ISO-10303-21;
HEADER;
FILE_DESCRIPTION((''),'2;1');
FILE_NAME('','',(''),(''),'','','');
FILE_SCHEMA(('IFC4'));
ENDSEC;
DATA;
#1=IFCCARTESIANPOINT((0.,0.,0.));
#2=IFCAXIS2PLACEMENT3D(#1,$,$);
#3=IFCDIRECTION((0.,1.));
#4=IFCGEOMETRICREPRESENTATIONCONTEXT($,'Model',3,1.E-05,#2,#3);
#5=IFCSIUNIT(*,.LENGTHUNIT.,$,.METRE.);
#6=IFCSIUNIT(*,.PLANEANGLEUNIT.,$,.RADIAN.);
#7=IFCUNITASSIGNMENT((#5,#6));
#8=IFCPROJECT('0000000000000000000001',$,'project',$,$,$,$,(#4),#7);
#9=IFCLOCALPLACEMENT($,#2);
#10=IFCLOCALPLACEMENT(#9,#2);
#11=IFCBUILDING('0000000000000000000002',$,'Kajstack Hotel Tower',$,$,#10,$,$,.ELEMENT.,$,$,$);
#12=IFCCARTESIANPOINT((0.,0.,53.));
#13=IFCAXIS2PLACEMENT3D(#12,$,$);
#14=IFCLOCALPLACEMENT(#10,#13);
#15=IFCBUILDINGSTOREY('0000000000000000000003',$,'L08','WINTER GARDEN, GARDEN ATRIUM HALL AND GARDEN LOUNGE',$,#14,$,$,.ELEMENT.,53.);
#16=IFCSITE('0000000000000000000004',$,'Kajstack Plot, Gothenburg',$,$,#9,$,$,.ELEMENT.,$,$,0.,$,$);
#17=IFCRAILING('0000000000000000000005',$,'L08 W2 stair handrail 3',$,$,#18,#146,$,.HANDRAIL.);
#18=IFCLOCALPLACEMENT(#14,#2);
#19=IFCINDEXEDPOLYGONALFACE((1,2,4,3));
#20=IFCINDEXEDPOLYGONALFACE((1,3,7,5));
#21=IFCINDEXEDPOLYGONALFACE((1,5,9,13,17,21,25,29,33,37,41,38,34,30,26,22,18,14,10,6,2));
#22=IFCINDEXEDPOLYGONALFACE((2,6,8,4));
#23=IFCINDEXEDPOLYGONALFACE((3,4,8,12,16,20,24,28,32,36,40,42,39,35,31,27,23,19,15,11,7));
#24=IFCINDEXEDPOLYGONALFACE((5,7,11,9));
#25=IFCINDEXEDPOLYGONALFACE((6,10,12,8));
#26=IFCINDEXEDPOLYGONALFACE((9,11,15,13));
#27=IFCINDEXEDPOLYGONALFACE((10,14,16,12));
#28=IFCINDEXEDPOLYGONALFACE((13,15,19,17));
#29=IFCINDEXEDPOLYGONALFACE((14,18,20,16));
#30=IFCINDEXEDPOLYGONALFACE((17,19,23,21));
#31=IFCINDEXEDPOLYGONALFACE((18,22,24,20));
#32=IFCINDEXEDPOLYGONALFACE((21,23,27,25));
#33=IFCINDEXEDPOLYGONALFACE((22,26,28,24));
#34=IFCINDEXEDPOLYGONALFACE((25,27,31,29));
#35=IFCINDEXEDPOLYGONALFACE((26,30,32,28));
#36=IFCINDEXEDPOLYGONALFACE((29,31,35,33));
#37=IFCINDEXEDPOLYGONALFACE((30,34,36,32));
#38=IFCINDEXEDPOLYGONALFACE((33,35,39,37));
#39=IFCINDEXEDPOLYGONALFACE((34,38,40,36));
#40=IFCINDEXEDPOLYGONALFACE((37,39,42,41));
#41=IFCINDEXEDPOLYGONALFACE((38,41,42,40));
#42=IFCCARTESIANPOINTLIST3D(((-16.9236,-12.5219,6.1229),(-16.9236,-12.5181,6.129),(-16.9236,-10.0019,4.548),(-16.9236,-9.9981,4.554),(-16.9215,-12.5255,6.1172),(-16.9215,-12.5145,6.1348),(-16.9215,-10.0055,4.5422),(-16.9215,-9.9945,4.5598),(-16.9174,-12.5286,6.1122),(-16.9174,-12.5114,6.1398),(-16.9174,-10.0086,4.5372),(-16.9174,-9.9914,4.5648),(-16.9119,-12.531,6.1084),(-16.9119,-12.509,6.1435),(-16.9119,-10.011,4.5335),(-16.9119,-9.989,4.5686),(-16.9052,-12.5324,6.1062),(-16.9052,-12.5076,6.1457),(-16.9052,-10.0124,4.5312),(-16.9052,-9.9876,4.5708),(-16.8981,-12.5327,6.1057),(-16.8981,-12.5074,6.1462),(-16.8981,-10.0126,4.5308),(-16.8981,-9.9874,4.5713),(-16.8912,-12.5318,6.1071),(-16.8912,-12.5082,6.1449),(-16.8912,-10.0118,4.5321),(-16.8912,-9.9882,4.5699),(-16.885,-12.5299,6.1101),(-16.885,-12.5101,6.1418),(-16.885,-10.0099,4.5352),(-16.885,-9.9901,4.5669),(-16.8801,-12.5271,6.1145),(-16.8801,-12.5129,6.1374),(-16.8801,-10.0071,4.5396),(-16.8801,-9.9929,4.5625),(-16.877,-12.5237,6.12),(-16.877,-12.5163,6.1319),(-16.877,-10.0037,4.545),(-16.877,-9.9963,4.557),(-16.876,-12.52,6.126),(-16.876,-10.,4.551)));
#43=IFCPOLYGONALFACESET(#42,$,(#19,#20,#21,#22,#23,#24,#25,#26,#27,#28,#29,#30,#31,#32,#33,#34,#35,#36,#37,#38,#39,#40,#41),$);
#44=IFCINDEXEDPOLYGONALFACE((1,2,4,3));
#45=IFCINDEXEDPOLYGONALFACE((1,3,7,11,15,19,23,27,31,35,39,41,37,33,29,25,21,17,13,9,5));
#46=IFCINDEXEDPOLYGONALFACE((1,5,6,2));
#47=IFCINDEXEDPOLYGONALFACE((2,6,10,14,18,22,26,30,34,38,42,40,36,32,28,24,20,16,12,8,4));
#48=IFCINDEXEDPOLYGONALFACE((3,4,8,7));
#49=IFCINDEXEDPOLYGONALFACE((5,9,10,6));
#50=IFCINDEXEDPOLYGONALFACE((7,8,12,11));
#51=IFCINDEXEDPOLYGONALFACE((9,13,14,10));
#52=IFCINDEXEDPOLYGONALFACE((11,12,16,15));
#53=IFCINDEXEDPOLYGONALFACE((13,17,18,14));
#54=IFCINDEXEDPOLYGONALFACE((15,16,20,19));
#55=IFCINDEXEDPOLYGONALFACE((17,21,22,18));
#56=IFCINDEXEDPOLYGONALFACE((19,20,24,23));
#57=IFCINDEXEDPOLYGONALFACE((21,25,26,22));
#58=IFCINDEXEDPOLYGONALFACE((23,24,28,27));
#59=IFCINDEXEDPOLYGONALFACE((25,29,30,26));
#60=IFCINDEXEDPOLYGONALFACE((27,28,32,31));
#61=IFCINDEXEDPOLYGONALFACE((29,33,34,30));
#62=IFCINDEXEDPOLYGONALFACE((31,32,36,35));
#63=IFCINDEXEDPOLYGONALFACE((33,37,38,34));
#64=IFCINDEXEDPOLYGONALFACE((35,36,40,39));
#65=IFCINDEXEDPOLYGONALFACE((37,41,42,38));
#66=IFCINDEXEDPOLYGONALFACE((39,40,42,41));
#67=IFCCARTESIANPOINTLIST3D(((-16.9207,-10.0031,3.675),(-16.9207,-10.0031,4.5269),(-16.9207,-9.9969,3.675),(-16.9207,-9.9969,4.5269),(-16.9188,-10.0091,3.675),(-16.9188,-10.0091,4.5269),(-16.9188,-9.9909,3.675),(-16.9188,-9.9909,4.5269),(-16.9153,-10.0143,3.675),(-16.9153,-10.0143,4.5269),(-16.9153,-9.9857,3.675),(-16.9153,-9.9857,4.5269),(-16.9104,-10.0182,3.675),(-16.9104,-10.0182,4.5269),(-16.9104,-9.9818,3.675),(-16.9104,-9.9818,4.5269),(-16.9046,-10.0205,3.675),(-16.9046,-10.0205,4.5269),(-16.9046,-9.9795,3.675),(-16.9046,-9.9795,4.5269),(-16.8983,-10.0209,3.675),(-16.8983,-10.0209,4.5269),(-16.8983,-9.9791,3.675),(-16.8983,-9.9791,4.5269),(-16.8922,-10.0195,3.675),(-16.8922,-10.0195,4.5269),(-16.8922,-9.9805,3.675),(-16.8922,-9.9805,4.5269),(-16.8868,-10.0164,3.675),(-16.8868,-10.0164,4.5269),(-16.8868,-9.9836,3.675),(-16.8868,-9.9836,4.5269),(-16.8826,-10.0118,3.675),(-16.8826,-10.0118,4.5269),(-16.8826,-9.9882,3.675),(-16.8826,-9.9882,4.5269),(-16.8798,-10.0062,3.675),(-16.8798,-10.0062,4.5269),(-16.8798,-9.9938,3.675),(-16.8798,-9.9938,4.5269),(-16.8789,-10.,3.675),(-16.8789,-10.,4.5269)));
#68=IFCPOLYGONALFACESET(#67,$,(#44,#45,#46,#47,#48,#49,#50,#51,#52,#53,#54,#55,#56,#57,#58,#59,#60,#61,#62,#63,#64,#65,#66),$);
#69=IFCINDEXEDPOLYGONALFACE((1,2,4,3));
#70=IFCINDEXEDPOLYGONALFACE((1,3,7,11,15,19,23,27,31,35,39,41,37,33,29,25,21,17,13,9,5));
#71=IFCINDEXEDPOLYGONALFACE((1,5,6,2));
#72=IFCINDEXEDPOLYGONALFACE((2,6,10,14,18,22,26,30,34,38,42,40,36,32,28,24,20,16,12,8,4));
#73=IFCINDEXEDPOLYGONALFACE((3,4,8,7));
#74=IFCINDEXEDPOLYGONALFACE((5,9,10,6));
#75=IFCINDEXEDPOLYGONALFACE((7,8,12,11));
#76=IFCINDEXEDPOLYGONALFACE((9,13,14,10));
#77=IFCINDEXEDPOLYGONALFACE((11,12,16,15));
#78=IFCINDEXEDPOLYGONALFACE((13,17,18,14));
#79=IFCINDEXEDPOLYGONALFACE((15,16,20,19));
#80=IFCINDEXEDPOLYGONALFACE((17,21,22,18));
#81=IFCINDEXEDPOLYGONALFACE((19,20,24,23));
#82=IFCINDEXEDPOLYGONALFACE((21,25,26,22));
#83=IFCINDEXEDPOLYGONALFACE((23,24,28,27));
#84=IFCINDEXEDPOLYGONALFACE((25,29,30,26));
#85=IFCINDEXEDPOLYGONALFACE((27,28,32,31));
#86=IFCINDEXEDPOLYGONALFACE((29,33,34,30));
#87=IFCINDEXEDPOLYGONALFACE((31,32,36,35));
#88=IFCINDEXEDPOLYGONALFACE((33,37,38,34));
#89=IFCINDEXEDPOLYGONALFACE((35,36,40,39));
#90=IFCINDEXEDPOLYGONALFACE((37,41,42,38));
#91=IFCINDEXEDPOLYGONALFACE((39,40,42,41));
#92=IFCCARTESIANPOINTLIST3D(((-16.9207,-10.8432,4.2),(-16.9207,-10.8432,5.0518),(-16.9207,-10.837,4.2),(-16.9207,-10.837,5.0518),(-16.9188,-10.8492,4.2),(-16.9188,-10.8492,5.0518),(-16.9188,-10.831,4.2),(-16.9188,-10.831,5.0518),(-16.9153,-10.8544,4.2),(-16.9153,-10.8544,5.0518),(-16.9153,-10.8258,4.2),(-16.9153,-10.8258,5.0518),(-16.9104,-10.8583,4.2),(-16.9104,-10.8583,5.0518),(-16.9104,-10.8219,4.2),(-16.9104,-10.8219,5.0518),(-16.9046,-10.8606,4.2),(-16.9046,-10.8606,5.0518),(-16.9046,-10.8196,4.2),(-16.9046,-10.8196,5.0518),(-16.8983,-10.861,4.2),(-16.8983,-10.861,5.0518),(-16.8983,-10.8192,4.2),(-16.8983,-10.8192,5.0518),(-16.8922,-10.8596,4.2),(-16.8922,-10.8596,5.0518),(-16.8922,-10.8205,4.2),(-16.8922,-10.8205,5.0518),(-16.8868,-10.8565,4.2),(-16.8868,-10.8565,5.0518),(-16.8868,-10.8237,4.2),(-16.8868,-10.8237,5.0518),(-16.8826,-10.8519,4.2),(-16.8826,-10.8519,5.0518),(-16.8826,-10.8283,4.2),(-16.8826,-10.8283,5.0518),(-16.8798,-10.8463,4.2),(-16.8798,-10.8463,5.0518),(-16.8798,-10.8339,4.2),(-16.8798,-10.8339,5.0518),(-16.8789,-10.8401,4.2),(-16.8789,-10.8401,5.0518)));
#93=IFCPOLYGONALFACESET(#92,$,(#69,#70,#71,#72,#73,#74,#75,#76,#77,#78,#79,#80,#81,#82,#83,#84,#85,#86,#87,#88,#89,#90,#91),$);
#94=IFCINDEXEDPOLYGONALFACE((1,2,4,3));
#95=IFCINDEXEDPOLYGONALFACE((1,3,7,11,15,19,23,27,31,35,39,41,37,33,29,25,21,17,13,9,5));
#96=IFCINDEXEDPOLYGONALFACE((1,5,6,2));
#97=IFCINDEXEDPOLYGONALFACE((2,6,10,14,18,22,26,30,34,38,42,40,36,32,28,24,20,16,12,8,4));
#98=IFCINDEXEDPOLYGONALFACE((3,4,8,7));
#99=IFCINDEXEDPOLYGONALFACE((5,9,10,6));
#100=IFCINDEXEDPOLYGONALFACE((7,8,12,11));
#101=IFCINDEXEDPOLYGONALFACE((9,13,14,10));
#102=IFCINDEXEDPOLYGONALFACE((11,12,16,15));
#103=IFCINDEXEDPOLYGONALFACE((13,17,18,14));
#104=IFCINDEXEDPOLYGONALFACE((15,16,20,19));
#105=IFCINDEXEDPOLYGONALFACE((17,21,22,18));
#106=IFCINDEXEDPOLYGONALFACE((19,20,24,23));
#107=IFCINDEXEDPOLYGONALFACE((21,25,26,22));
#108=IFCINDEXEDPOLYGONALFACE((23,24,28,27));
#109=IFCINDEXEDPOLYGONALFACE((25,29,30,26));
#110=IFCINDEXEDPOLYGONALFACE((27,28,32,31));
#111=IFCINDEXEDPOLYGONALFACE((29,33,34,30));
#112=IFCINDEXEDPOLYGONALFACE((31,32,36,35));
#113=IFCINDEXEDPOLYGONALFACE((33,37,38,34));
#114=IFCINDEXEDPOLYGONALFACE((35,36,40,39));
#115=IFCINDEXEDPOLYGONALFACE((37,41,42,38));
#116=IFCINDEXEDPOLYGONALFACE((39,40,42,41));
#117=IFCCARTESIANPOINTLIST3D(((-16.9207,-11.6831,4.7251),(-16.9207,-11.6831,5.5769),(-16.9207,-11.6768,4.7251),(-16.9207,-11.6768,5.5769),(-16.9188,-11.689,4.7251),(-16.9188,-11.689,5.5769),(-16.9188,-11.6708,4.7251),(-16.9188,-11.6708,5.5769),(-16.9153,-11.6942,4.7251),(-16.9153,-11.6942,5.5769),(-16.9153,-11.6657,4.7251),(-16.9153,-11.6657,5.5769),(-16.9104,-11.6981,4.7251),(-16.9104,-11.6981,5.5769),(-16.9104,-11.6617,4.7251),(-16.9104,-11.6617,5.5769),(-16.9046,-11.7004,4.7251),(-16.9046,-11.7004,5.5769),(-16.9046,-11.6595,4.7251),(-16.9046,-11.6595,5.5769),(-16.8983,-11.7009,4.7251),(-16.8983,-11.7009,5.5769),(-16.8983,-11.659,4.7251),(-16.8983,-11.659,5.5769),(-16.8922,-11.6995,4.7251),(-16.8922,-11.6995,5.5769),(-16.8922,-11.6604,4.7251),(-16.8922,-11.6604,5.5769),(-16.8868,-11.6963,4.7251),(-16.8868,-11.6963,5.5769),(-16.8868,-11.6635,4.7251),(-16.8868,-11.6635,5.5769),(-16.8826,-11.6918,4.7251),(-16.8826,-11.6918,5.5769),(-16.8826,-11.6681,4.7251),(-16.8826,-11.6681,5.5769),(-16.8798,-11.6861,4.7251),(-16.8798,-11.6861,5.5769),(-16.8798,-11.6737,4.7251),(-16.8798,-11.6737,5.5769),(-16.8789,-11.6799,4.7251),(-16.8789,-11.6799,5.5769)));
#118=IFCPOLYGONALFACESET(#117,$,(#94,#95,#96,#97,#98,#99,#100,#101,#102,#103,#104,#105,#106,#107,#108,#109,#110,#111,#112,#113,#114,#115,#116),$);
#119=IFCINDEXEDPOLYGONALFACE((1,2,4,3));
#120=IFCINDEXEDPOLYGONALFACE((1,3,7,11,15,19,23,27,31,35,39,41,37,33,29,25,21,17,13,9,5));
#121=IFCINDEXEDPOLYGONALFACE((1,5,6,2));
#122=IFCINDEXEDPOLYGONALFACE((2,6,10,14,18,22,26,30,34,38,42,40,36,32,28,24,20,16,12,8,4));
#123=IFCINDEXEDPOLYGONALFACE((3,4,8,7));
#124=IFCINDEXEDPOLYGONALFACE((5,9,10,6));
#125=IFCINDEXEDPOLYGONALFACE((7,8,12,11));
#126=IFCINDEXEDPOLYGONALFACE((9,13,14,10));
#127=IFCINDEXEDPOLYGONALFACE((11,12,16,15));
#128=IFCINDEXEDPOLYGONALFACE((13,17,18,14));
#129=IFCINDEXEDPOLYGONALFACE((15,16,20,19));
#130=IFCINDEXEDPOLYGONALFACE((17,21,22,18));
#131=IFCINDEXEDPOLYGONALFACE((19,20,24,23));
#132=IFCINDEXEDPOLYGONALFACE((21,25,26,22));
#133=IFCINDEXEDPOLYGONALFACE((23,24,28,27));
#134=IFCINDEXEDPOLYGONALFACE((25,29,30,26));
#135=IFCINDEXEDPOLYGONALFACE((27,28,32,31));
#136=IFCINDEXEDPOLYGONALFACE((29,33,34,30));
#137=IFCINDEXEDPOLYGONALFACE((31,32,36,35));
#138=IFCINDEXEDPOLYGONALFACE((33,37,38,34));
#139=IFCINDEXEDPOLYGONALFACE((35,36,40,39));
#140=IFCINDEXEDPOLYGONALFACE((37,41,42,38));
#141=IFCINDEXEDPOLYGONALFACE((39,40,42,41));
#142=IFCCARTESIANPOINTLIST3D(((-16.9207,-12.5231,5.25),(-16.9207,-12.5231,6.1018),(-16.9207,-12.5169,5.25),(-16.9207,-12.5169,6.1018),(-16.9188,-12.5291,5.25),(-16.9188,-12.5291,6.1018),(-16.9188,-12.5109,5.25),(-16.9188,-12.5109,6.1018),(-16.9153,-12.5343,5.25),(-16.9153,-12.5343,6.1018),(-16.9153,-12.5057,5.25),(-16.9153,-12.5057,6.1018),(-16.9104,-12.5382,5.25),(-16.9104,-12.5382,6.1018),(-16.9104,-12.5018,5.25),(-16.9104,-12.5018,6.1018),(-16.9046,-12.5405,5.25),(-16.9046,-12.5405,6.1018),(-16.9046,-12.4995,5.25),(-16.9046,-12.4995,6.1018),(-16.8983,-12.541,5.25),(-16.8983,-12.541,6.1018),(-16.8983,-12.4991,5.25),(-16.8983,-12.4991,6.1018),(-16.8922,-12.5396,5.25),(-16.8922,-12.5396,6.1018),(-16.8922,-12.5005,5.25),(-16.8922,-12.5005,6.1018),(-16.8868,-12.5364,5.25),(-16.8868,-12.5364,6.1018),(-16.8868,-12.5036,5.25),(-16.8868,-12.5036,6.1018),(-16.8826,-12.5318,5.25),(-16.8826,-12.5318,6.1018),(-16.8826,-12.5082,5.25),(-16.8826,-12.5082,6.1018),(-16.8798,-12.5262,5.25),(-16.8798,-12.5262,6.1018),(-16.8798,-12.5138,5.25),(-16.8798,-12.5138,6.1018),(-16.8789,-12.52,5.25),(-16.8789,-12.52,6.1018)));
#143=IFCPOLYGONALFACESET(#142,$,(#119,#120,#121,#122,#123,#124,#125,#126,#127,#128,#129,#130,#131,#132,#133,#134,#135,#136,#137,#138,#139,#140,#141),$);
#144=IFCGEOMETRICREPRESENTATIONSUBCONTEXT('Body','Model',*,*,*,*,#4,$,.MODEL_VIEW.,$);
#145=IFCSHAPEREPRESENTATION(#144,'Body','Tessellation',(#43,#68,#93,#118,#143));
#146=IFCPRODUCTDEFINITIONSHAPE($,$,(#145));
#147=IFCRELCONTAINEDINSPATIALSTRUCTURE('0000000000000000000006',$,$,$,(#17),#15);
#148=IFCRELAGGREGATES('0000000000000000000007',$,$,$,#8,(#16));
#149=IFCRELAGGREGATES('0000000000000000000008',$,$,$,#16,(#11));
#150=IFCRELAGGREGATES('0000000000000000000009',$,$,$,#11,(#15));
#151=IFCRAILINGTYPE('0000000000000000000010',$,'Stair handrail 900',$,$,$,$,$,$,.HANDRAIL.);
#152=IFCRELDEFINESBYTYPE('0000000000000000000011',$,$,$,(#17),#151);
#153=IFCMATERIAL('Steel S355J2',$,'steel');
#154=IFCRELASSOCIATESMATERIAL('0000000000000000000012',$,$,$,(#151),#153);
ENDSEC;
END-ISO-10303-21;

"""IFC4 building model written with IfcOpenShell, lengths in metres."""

from ifc_helpers import new_model, si_unit, direction, frame, origin, origin_2d, place, context, subcontext, project, spatial, circle, extrude, material, type_object, element, save


model = new_model("IFC4")

# Units and contexts
model_context = context("Model", 3, precision=1e-05, world=origin(), true_north=direction((0.0, 1.0)))
body_context = subcontext(model_context, "Body", "Model", "MODEL_VIEW")
ifc_project = project(units=[si_unit("LENGTHUNIT", "METRE"), si_unit("PLANEANGLEUNIT", "RADIAN")], contexts=[model_context])

# Site, building, storey
site_placement = place(None, origin())
site = spatial("IfcSite", under=ifc_project, at=site_placement, Name="Kajstack Plot, Gothenburg", CompositionType="ELEMENT", RefElevation=0.0)
building_placement = place(site_placement, origin())
building = spatial("IfcBuilding", under=site, at=building_placement, Name="Kajstack Hotel Tower", CompositionType="ELEMENT")
storey_placement = place(building_placement, frame((0.0, 0.0, 53.0)))
storey = spatial("IfcBuildingStorey", under=building, at=storey_placement, Name="L08", Description="WINTER GARDEN, GARDEN ATRIUM HALL AND GARDEN LOUNGE", CompositionType="ELEMENT", Elevation=53.0)

# Railing
ifc_material_1 = material(Name="Steel S355J2", Category="steel")
railing_type_1 = type_object("IfcRailingType", Name="Stair handrail 900", PredefinedType="HANDRAIL", material=ifc_material_1)
for number, where, name in (
    (1, (-16.8999, -10.0, 3.675), "L08 W2 stair handrail 3"),
):
    element("IfcRailing", number, at=place(storey_placement, frame(where)), inside=storey, type_object=railing_type_1, Name=name, PredefinedType="HANDRAIL", context=body_context, shape_type="SweptSolid", body=[
        extrude(circle(Radius=0.0239, at=origin_2d()), frame((0.0, 0.0, 0.876), z_axis=(0.0, -0.848008, 0.529984), x_axis=(1.0, 0.0, 0.0)), (0.0, 0.0, 1.0), 2.9717),
        extrude(circle(Radius=0.021, at=origin_2d()), origin(), (0.0, 0.0, 1.0), 0.8518),
        extrude(circle(Radius=0.021, at=origin_2d()), frame((0.0, -0.8401, 0.5249)), (0.0, 0.0, 1.0), 0.8518),
        extrude(circle(Radius=0.021, at=origin_2d()), frame((0.0, -1.6799, 1.05)), (0.0, 0.0, 1.0), 0.8518),
        extrude(circle(Radius=0.021, at=origin_2d()), frame((0.0, -2.52, 1.575)), (0.0, 0.0, 1.0), 0.8518),
    ])

save(model, "model.ifc")
